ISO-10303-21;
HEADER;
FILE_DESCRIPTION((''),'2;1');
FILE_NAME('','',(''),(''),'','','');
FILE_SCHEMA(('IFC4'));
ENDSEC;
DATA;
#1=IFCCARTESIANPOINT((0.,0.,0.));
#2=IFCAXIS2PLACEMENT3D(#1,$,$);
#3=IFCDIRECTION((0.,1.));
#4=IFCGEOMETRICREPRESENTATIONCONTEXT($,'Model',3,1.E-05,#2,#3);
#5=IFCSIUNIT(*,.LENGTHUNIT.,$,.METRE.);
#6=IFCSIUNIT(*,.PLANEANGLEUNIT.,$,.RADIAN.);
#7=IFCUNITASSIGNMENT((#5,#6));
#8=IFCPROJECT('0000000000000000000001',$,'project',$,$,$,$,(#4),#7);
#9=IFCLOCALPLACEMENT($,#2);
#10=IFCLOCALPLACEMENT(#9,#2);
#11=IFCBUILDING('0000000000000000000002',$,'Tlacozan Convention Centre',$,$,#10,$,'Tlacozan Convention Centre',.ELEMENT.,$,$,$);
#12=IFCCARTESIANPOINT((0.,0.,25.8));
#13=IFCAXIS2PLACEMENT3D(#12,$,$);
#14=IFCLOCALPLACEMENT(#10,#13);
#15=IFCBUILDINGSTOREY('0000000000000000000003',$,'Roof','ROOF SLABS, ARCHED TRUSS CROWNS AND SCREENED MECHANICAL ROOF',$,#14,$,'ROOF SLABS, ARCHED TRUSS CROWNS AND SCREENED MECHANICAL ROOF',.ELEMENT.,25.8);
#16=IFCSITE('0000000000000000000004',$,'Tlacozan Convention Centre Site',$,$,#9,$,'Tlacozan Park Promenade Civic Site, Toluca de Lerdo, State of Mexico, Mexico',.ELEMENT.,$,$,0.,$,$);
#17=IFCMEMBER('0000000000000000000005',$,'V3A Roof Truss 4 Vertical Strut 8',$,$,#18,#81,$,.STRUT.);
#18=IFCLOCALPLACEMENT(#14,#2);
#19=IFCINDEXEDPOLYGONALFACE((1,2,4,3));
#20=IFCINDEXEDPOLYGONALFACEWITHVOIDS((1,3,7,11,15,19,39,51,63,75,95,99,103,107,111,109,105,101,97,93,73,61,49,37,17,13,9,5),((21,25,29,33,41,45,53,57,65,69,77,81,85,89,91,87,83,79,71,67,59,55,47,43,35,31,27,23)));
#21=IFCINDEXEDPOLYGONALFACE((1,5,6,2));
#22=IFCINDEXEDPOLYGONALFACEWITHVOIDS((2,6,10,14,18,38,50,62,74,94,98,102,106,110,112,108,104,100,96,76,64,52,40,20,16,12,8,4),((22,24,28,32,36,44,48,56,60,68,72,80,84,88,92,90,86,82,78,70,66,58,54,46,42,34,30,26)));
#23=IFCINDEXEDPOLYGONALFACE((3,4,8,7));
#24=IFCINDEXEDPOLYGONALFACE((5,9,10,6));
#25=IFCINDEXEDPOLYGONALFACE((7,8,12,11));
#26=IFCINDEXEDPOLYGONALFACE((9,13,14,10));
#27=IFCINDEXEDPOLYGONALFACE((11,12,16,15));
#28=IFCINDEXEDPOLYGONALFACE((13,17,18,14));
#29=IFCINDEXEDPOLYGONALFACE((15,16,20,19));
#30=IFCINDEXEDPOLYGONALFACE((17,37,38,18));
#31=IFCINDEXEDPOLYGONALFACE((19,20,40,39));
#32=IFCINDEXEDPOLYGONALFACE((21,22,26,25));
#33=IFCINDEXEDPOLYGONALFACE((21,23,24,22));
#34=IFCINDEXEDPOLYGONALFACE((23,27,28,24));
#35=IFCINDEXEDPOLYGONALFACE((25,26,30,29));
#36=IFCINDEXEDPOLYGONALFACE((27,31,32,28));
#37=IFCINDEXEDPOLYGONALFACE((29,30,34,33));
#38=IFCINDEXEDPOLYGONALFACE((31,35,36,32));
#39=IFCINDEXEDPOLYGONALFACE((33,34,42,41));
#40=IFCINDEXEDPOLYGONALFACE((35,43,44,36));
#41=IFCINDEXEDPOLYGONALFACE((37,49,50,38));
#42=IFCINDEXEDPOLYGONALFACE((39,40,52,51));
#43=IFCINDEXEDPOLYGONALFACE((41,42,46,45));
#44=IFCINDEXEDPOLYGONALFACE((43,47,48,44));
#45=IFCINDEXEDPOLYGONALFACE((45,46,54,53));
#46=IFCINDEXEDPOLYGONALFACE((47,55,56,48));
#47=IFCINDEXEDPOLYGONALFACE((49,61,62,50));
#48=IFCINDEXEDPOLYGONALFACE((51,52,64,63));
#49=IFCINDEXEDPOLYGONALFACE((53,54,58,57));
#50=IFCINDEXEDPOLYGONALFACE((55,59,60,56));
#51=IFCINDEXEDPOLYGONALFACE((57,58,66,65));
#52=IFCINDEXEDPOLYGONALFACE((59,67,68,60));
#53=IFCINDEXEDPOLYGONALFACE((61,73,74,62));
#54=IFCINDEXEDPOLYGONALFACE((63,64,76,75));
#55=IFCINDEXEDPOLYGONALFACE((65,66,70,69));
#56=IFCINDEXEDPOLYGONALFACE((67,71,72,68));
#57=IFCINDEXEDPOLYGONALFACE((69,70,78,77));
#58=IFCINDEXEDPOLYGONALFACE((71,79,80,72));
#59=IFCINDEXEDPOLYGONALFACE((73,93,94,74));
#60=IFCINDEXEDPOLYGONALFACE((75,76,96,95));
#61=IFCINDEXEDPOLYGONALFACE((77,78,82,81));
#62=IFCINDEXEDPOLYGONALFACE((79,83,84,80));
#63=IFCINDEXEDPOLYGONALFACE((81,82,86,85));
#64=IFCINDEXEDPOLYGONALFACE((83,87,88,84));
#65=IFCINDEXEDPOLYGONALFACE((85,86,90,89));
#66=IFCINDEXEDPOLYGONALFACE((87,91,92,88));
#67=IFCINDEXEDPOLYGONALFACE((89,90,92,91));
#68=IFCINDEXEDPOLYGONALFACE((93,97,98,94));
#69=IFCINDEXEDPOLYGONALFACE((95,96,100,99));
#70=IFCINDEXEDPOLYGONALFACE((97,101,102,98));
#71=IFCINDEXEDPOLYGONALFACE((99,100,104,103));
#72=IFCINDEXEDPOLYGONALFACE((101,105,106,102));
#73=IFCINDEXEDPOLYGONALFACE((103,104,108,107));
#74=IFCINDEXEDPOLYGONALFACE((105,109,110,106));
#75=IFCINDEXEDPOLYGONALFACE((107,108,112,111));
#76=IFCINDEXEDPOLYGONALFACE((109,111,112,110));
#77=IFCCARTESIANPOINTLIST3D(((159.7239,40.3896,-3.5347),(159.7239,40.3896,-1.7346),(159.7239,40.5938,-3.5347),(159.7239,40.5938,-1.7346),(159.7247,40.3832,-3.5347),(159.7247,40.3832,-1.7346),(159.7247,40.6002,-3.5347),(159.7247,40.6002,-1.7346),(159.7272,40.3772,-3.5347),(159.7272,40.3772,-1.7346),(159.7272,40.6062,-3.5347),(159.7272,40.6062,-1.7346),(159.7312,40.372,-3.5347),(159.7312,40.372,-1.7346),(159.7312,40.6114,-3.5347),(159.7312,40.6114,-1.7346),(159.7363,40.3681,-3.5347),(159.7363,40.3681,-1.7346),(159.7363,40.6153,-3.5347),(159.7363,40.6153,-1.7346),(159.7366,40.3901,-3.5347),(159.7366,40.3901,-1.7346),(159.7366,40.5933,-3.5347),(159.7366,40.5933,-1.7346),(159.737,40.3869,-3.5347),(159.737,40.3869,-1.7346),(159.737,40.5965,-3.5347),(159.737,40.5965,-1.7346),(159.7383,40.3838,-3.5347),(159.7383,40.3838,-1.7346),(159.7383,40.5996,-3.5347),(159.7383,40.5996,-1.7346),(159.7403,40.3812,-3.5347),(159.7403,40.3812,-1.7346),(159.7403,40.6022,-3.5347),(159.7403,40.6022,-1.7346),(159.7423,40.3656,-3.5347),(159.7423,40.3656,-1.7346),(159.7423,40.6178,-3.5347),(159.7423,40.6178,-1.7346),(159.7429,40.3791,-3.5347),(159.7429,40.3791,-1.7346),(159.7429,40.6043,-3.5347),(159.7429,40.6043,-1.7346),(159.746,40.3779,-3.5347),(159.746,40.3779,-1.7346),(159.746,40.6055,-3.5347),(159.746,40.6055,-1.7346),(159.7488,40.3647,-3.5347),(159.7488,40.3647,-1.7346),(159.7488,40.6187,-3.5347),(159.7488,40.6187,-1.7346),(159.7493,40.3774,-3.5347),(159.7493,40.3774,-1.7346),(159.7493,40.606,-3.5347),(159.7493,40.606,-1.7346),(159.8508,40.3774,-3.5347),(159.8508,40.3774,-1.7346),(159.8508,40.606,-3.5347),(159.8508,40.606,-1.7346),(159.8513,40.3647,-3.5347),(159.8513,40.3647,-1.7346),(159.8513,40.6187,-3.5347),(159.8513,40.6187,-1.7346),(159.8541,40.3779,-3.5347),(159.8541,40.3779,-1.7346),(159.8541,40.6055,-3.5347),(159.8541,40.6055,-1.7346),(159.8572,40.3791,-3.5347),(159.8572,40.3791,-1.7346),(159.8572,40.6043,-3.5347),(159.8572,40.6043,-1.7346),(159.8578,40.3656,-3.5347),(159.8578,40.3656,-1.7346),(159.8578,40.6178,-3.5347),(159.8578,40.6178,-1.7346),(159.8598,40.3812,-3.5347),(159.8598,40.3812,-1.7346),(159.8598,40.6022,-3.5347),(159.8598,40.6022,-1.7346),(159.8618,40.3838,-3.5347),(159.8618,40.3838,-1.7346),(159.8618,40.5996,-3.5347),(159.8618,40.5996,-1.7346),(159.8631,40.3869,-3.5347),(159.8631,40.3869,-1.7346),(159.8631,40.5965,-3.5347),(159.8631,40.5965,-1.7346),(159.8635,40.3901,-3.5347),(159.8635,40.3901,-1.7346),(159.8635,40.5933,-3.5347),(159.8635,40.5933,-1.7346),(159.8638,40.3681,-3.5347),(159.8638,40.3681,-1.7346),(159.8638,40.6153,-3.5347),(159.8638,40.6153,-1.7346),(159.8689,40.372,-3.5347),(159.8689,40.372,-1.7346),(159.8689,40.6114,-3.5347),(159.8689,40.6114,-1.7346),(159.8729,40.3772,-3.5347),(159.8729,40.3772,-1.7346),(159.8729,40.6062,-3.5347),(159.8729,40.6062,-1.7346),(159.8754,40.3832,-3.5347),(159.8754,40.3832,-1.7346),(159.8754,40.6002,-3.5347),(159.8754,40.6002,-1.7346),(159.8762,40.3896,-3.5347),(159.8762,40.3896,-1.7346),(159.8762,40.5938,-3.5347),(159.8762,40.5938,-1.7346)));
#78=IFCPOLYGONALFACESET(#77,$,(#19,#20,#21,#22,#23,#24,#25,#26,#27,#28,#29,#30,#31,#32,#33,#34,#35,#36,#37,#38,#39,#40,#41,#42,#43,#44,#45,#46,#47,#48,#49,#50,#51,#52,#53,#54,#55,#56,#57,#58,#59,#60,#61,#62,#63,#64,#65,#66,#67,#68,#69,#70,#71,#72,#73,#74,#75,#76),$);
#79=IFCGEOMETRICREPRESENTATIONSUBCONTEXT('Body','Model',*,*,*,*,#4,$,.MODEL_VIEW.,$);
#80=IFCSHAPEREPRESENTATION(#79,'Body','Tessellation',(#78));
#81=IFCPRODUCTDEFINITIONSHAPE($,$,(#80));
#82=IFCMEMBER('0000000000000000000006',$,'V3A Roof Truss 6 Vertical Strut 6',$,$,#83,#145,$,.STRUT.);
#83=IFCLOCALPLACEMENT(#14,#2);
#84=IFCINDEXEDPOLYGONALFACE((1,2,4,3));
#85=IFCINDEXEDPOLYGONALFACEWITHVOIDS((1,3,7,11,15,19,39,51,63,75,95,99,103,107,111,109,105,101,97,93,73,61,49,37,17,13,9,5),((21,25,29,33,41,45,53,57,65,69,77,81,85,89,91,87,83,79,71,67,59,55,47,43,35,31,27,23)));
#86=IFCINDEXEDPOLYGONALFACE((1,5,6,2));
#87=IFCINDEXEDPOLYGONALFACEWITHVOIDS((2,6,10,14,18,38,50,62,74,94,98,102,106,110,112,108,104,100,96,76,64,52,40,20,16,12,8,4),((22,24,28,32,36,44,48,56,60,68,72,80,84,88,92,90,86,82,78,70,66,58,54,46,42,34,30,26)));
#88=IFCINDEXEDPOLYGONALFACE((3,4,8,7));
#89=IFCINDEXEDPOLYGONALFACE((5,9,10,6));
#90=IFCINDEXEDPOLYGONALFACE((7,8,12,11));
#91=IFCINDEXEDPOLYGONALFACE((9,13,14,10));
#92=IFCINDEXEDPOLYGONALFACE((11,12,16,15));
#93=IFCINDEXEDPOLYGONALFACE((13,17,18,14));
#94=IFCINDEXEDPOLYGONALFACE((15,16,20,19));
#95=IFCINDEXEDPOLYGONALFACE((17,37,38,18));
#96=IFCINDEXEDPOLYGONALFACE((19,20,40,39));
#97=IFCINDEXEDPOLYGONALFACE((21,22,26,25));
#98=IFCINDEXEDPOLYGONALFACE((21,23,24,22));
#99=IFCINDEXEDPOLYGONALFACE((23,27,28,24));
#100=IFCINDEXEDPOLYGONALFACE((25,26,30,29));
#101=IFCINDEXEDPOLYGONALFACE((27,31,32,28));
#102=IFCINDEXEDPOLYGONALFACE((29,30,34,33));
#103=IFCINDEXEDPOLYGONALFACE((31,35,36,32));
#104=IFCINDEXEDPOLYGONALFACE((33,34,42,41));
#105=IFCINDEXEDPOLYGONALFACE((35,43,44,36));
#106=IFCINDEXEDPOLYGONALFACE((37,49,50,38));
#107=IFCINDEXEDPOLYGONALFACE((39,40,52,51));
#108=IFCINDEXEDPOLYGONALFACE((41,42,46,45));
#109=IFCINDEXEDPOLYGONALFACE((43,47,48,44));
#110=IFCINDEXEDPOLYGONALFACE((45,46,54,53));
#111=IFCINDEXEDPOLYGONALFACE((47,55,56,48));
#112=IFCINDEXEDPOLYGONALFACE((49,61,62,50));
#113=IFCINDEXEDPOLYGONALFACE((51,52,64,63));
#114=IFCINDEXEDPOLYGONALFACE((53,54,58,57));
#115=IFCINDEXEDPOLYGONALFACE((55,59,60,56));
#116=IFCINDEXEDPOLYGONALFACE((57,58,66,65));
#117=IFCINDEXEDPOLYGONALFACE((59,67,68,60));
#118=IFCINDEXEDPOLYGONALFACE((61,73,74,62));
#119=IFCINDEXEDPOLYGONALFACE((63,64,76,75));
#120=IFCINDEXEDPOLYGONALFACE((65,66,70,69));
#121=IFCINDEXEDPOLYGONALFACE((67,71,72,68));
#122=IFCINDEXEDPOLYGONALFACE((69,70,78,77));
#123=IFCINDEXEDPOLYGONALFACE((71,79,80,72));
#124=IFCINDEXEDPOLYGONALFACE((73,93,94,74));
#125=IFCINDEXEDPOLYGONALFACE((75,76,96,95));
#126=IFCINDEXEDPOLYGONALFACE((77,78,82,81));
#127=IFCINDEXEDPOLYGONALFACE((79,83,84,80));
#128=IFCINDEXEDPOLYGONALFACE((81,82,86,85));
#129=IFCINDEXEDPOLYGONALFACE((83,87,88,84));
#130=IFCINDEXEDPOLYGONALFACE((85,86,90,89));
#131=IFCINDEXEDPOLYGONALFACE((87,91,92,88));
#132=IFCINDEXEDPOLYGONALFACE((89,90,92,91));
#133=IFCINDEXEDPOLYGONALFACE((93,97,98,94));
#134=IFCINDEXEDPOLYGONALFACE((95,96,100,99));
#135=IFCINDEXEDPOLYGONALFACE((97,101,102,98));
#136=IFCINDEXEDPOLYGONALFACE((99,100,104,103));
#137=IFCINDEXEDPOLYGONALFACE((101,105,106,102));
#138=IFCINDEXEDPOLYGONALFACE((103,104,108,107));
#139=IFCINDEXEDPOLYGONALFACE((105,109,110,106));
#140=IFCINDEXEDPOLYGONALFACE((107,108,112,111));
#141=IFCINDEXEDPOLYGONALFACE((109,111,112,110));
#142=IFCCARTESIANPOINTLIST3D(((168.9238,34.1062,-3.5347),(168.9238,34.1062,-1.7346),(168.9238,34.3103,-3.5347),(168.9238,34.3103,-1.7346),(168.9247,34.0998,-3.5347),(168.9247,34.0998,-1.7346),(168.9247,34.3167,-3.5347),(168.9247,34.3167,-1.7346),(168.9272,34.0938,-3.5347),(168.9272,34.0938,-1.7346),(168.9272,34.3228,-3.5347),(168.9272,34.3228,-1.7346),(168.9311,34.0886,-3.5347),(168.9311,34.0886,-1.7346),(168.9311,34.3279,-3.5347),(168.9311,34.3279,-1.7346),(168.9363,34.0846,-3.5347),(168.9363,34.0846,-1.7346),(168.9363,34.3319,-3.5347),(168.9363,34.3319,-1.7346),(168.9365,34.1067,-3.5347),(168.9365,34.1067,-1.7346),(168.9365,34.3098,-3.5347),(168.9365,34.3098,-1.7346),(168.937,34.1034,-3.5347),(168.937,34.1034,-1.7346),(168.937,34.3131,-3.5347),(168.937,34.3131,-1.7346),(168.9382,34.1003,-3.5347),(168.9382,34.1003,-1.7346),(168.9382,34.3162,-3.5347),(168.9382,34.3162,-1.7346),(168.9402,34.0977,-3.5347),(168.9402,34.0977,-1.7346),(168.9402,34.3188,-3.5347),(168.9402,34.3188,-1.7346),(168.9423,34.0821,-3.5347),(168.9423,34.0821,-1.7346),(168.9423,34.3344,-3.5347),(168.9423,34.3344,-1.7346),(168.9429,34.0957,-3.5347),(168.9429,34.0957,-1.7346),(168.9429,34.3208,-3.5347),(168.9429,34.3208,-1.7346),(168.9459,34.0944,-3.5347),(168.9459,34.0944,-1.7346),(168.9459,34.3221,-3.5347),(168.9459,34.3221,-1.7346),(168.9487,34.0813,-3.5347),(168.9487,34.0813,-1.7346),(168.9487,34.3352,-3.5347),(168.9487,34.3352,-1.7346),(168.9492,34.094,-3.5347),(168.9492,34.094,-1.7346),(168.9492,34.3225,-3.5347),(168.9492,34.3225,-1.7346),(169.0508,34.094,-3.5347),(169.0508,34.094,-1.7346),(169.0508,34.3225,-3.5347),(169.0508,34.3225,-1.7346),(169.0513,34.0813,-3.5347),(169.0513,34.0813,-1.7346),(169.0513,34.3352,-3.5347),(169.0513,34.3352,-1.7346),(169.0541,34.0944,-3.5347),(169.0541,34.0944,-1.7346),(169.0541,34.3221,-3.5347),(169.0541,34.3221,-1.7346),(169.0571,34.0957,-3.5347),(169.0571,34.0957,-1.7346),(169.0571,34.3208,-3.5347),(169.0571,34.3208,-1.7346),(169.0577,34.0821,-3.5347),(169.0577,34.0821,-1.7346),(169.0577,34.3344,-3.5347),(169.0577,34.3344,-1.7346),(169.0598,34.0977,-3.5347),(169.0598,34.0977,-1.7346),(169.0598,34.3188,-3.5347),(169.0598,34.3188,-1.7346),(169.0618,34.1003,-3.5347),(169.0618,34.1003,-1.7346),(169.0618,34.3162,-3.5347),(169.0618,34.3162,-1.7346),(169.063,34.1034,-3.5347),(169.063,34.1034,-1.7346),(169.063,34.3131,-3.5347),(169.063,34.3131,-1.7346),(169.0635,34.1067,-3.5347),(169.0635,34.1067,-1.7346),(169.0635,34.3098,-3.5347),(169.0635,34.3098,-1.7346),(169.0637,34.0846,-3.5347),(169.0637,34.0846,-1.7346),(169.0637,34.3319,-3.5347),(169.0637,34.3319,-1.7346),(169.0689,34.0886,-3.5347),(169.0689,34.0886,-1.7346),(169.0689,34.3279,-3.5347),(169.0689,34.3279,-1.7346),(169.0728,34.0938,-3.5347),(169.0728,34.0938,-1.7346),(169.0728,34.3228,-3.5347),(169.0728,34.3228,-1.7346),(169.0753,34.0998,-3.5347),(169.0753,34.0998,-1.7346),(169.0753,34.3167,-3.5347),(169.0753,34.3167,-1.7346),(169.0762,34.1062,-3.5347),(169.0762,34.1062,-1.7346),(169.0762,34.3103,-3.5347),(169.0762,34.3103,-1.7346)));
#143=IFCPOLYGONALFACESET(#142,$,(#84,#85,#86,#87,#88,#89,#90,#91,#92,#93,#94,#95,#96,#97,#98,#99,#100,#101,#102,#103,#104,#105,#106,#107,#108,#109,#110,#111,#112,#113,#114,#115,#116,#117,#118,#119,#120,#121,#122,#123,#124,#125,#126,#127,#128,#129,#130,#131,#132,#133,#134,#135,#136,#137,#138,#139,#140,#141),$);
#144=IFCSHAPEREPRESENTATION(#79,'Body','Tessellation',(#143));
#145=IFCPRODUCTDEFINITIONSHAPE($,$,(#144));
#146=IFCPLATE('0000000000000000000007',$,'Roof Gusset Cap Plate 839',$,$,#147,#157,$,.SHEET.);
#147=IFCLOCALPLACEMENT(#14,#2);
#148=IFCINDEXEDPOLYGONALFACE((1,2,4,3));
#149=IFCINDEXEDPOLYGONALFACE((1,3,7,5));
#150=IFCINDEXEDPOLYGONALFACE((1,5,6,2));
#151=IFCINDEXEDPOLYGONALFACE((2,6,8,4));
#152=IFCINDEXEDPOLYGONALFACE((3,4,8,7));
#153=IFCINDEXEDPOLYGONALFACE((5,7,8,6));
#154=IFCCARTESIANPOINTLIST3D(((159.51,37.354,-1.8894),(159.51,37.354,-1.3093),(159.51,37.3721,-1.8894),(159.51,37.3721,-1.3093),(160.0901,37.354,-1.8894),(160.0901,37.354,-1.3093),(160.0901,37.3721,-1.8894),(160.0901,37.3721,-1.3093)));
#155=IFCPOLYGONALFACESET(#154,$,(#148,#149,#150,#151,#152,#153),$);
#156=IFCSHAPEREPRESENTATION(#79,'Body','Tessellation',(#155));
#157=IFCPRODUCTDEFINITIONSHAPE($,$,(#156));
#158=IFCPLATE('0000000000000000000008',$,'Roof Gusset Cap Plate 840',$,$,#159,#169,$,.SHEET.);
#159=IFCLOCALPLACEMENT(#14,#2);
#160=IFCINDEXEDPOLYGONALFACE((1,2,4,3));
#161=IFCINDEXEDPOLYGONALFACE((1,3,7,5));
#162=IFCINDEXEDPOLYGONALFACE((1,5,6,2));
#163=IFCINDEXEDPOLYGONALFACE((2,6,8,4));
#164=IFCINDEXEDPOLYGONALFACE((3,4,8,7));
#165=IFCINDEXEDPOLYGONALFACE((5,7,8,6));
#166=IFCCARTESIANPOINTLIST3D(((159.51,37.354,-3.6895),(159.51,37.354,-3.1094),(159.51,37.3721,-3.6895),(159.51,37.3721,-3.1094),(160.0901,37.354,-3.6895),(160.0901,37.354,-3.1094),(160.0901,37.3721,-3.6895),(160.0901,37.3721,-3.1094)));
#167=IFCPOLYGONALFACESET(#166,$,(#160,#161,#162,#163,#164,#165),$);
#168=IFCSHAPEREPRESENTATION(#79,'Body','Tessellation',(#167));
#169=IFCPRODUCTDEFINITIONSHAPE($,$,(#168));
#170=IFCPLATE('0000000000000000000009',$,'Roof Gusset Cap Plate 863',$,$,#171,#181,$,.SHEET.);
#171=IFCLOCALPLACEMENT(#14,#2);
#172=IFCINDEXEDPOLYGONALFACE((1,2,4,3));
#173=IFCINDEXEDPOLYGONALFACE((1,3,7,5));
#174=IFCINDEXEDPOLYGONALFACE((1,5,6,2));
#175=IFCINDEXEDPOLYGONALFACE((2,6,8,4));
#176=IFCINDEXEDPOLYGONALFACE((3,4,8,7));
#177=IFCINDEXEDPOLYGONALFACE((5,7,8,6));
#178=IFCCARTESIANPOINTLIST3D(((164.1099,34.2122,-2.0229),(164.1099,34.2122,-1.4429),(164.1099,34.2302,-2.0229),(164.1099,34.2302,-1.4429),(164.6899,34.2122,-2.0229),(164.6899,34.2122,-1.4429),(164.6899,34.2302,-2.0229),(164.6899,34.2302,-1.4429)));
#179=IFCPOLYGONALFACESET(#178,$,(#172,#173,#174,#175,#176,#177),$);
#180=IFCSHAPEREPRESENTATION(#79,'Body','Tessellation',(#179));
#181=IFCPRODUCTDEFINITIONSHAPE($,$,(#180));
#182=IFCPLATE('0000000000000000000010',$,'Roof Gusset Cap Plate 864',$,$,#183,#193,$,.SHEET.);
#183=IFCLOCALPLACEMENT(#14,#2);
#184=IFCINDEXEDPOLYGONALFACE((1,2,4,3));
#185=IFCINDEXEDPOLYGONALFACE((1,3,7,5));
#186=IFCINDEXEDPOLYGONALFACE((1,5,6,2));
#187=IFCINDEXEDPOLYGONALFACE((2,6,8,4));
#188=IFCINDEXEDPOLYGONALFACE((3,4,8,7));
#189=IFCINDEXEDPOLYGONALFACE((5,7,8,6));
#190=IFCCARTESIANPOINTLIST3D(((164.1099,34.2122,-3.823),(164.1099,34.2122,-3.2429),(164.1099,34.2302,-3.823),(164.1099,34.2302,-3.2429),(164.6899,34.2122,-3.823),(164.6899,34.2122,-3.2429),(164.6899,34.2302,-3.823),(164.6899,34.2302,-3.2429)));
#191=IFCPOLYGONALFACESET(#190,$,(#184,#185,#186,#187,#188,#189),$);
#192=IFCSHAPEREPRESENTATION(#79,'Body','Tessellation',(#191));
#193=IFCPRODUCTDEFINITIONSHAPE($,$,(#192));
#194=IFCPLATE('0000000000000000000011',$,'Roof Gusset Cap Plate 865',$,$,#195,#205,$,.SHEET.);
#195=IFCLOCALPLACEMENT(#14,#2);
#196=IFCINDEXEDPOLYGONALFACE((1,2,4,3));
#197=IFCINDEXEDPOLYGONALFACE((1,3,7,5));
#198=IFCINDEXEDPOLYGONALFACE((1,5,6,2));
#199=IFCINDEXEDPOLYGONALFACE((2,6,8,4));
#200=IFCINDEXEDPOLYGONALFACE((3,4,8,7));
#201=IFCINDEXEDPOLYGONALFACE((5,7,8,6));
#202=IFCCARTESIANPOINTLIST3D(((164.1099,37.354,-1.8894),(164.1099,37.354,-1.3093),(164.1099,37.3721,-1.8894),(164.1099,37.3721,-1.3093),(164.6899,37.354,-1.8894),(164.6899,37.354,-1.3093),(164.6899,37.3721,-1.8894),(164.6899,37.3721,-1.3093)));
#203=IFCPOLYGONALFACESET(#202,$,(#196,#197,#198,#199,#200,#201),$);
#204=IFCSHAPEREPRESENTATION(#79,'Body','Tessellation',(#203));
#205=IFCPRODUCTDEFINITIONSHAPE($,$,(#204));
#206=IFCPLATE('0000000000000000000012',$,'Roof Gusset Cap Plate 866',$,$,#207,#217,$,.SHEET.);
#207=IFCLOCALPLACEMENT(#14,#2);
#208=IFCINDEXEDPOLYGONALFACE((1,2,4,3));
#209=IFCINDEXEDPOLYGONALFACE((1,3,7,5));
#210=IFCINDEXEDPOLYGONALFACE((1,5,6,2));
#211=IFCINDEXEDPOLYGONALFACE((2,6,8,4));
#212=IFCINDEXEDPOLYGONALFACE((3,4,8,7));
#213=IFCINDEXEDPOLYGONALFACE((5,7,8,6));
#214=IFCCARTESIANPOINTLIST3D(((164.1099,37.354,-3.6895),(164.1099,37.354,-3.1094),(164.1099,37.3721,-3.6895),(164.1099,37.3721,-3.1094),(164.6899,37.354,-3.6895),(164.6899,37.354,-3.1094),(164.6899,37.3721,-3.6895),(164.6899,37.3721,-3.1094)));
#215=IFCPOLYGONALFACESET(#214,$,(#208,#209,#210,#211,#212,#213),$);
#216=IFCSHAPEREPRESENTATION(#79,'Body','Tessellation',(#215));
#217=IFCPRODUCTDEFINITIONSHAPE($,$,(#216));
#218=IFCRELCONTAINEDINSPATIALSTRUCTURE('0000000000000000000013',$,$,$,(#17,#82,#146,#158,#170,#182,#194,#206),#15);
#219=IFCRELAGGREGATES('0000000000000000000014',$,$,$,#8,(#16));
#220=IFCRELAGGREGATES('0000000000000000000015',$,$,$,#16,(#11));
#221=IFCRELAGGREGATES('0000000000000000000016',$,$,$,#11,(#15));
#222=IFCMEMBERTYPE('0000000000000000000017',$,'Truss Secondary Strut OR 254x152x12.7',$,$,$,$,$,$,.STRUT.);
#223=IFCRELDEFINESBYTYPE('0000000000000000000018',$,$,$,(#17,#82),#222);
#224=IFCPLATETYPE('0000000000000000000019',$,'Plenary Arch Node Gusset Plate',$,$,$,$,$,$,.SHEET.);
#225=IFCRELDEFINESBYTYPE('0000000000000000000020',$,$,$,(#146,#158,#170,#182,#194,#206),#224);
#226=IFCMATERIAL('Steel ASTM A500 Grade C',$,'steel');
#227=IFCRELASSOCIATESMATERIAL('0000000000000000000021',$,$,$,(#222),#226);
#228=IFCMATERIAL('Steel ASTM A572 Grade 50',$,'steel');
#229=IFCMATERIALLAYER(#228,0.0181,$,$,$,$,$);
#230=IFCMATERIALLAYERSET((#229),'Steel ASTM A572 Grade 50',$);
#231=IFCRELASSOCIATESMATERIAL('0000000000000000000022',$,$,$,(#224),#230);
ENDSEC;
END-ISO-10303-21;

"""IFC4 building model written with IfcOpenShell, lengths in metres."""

from ifc_helpers import new_model, si_unit, direction, frame, origin, origin_2d, place, context, subcontext, project, spatial, rectangle, hollow_rectangle, extrude, material, layer, layer_set, material_profile, profile_set, type_object, element, save


model = new_model("IFC4")

# Units and contexts
model_context = context("Model", 3, precision=1e-05, world=origin(), true_north=direction((0.0, 1.0)))
body_context = subcontext(model_context, "Body", "Model", "MODEL_VIEW")
ifc_project = project(units=[si_unit("LENGTHUNIT", "METRE"), si_unit("PLANEANGLEUNIT", "RADIAN")], contexts=[model_context])

# Site, building, storey
site_placement = place(None, origin())
site = spatial("IfcSite", under=ifc_project, at=site_placement, Name="Tlacozan Convention Centre Site", LongName="Tlacozan Park Promenade Civic Site, Toluca de Lerdo, State of Mexico, Mexico", CompositionType="ELEMENT", RefElevation=0.0)
building_placement = place(site_placement, origin())
building = spatial("IfcBuilding", under=site, at=building_placement, Name="Tlacozan Convention Centre", LongName="Tlacozan Convention Centre", CompositionType="ELEMENT")
storey_placement = place(building_placement, frame((0.0, 0.0, 25.8)))
storey = spatial("IfcBuildingStorey", under=building, at=storey_placement, Name="Roof", Description="ROOF SLABS, ARCHED TRUSS CROWNS AND SCREENED MECHANICAL ROOF", LongName="ROOF SLABS, ARCHED TRUSS CROWNS AND SCREENED MECHANICAL ROOF", CompositionType="ELEMENT", Elevation=25.8)

# Members
ifc_material_1 = material(Name="Steel ASTM A500 Grade C", Category="steel")
ifc_material_profile_1 = material_profile(ifc_material_1, hollow_rectangle(XDim=0.1523, YDim=0.2539, WallThickness=0.0127, InnerFilletRadius=0.0127, OuterFilletRadius=0.0249, at=origin_2d()), Name="OR 254x152x12.7")
ifc_profile_set_1 = profile_set([ifc_material_profile_1], Name="Steel ASTM A500 Grade C")
member_type_1 = type_object("IfcMemberType", Name="Truss Secondary Strut OR 254x152x12.7", PredefinedType="STRUT", material=ifc_profile_set_1)
for number, where, z_axis, x_axis, name in (
    (1, (159.8, 40.4917, -3.5347), (0.0, 0.0, 1.0), (1.0, 0.0, 0.0), "V3A Roof Truss 4 Vertical Strut 8"),
    (2, (169.0, 34.2083, -3.5347), (0.0, 0.0, 1.0), (1.0, 0.0, 0.0), "V3A Roof Truss 6 Vertical Strut 6"),
):
    element("IfcMember", number, at=place(storey_placement, frame(where, z_axis=z_axis, x_axis=x_axis)), inside=storey, type_object=member_type_1, Name=name, PredefinedType="STRUT", context=body_context, shape_type="SweptSolid", body=[
        extrude(hollow_rectangle(XDim=0.1523, YDim=0.2539, WallThickness=0.0127, InnerFilletRadius=0.0127, OuterFilletRadius=0.0249, at=origin_2d()), origin(), (0.0, 0.0, 1.0), 1.8),
    ])

# Plates
ifc_material_2 = material(Name="Steel ASTM A572 Grade 50", Category="steel")
ifc_layer = layer(ifc_material_2, 0.0181)
ifc_layer_set = layer_set([ifc_layer], Name="Steel ASTM A572 Grade 50")
plate_type = type_object("IfcPlateType", Name="Plenary Arch Node Gusset Plate", PredefinedType="SHEET", material=ifc_layer_set)
for number, where, z_axis, x_axis, name in (
    (3, (159.8, 37.363, -1.8894), (0.0, 0.0, 1.0), (0.0, 1.0, 0.0), "Roof Gusset Cap Plate 839"),
    (4, (159.8, 37.363, -3.6895), (0.0, 0.0, 1.0), (0.0, 1.0, 0.0), "Roof Gusset Cap Plate 840"),
    (5, (164.3999, 34.2212, -2.0229), (0.0, 0.0, 1.0), (0.0, 1.0, 0.0), "Roof Gusset Cap Plate 863"),
    (6, (164.3999, 34.2212, -3.823), (0.0, 0.0, 1.0), (0.0, 1.0, 0.0), "Roof Gusset Cap Plate 864"),
    (7, (164.3999, 37.363, -1.8894), (0.0, 0.0, 1.0), (0.0, 1.0, 0.0), "Roof Gusset Cap Plate 865"),
    (8, (164.3999, 37.363, -3.6895), (0.0, 0.0, 1.0), (0.0, 1.0, 0.0), "Roof Gusset Cap Plate 866"),
):
    element("IfcPlate", number, at=place(storey_placement, frame(where, z_axis=z_axis, x_axis=x_axis)), inside=storey, type_object=plate_type, Name=name, PredefinedType="SHEET", context=body_context, shape_type="SweptSolid", body=[
        extrude(rectangle(XDim=0.0181, YDim=0.5801, at=origin_2d()), origin(), (0.0, 0.0, 1.0), 0.5801),
    ])

save(model, "model.ifc")
